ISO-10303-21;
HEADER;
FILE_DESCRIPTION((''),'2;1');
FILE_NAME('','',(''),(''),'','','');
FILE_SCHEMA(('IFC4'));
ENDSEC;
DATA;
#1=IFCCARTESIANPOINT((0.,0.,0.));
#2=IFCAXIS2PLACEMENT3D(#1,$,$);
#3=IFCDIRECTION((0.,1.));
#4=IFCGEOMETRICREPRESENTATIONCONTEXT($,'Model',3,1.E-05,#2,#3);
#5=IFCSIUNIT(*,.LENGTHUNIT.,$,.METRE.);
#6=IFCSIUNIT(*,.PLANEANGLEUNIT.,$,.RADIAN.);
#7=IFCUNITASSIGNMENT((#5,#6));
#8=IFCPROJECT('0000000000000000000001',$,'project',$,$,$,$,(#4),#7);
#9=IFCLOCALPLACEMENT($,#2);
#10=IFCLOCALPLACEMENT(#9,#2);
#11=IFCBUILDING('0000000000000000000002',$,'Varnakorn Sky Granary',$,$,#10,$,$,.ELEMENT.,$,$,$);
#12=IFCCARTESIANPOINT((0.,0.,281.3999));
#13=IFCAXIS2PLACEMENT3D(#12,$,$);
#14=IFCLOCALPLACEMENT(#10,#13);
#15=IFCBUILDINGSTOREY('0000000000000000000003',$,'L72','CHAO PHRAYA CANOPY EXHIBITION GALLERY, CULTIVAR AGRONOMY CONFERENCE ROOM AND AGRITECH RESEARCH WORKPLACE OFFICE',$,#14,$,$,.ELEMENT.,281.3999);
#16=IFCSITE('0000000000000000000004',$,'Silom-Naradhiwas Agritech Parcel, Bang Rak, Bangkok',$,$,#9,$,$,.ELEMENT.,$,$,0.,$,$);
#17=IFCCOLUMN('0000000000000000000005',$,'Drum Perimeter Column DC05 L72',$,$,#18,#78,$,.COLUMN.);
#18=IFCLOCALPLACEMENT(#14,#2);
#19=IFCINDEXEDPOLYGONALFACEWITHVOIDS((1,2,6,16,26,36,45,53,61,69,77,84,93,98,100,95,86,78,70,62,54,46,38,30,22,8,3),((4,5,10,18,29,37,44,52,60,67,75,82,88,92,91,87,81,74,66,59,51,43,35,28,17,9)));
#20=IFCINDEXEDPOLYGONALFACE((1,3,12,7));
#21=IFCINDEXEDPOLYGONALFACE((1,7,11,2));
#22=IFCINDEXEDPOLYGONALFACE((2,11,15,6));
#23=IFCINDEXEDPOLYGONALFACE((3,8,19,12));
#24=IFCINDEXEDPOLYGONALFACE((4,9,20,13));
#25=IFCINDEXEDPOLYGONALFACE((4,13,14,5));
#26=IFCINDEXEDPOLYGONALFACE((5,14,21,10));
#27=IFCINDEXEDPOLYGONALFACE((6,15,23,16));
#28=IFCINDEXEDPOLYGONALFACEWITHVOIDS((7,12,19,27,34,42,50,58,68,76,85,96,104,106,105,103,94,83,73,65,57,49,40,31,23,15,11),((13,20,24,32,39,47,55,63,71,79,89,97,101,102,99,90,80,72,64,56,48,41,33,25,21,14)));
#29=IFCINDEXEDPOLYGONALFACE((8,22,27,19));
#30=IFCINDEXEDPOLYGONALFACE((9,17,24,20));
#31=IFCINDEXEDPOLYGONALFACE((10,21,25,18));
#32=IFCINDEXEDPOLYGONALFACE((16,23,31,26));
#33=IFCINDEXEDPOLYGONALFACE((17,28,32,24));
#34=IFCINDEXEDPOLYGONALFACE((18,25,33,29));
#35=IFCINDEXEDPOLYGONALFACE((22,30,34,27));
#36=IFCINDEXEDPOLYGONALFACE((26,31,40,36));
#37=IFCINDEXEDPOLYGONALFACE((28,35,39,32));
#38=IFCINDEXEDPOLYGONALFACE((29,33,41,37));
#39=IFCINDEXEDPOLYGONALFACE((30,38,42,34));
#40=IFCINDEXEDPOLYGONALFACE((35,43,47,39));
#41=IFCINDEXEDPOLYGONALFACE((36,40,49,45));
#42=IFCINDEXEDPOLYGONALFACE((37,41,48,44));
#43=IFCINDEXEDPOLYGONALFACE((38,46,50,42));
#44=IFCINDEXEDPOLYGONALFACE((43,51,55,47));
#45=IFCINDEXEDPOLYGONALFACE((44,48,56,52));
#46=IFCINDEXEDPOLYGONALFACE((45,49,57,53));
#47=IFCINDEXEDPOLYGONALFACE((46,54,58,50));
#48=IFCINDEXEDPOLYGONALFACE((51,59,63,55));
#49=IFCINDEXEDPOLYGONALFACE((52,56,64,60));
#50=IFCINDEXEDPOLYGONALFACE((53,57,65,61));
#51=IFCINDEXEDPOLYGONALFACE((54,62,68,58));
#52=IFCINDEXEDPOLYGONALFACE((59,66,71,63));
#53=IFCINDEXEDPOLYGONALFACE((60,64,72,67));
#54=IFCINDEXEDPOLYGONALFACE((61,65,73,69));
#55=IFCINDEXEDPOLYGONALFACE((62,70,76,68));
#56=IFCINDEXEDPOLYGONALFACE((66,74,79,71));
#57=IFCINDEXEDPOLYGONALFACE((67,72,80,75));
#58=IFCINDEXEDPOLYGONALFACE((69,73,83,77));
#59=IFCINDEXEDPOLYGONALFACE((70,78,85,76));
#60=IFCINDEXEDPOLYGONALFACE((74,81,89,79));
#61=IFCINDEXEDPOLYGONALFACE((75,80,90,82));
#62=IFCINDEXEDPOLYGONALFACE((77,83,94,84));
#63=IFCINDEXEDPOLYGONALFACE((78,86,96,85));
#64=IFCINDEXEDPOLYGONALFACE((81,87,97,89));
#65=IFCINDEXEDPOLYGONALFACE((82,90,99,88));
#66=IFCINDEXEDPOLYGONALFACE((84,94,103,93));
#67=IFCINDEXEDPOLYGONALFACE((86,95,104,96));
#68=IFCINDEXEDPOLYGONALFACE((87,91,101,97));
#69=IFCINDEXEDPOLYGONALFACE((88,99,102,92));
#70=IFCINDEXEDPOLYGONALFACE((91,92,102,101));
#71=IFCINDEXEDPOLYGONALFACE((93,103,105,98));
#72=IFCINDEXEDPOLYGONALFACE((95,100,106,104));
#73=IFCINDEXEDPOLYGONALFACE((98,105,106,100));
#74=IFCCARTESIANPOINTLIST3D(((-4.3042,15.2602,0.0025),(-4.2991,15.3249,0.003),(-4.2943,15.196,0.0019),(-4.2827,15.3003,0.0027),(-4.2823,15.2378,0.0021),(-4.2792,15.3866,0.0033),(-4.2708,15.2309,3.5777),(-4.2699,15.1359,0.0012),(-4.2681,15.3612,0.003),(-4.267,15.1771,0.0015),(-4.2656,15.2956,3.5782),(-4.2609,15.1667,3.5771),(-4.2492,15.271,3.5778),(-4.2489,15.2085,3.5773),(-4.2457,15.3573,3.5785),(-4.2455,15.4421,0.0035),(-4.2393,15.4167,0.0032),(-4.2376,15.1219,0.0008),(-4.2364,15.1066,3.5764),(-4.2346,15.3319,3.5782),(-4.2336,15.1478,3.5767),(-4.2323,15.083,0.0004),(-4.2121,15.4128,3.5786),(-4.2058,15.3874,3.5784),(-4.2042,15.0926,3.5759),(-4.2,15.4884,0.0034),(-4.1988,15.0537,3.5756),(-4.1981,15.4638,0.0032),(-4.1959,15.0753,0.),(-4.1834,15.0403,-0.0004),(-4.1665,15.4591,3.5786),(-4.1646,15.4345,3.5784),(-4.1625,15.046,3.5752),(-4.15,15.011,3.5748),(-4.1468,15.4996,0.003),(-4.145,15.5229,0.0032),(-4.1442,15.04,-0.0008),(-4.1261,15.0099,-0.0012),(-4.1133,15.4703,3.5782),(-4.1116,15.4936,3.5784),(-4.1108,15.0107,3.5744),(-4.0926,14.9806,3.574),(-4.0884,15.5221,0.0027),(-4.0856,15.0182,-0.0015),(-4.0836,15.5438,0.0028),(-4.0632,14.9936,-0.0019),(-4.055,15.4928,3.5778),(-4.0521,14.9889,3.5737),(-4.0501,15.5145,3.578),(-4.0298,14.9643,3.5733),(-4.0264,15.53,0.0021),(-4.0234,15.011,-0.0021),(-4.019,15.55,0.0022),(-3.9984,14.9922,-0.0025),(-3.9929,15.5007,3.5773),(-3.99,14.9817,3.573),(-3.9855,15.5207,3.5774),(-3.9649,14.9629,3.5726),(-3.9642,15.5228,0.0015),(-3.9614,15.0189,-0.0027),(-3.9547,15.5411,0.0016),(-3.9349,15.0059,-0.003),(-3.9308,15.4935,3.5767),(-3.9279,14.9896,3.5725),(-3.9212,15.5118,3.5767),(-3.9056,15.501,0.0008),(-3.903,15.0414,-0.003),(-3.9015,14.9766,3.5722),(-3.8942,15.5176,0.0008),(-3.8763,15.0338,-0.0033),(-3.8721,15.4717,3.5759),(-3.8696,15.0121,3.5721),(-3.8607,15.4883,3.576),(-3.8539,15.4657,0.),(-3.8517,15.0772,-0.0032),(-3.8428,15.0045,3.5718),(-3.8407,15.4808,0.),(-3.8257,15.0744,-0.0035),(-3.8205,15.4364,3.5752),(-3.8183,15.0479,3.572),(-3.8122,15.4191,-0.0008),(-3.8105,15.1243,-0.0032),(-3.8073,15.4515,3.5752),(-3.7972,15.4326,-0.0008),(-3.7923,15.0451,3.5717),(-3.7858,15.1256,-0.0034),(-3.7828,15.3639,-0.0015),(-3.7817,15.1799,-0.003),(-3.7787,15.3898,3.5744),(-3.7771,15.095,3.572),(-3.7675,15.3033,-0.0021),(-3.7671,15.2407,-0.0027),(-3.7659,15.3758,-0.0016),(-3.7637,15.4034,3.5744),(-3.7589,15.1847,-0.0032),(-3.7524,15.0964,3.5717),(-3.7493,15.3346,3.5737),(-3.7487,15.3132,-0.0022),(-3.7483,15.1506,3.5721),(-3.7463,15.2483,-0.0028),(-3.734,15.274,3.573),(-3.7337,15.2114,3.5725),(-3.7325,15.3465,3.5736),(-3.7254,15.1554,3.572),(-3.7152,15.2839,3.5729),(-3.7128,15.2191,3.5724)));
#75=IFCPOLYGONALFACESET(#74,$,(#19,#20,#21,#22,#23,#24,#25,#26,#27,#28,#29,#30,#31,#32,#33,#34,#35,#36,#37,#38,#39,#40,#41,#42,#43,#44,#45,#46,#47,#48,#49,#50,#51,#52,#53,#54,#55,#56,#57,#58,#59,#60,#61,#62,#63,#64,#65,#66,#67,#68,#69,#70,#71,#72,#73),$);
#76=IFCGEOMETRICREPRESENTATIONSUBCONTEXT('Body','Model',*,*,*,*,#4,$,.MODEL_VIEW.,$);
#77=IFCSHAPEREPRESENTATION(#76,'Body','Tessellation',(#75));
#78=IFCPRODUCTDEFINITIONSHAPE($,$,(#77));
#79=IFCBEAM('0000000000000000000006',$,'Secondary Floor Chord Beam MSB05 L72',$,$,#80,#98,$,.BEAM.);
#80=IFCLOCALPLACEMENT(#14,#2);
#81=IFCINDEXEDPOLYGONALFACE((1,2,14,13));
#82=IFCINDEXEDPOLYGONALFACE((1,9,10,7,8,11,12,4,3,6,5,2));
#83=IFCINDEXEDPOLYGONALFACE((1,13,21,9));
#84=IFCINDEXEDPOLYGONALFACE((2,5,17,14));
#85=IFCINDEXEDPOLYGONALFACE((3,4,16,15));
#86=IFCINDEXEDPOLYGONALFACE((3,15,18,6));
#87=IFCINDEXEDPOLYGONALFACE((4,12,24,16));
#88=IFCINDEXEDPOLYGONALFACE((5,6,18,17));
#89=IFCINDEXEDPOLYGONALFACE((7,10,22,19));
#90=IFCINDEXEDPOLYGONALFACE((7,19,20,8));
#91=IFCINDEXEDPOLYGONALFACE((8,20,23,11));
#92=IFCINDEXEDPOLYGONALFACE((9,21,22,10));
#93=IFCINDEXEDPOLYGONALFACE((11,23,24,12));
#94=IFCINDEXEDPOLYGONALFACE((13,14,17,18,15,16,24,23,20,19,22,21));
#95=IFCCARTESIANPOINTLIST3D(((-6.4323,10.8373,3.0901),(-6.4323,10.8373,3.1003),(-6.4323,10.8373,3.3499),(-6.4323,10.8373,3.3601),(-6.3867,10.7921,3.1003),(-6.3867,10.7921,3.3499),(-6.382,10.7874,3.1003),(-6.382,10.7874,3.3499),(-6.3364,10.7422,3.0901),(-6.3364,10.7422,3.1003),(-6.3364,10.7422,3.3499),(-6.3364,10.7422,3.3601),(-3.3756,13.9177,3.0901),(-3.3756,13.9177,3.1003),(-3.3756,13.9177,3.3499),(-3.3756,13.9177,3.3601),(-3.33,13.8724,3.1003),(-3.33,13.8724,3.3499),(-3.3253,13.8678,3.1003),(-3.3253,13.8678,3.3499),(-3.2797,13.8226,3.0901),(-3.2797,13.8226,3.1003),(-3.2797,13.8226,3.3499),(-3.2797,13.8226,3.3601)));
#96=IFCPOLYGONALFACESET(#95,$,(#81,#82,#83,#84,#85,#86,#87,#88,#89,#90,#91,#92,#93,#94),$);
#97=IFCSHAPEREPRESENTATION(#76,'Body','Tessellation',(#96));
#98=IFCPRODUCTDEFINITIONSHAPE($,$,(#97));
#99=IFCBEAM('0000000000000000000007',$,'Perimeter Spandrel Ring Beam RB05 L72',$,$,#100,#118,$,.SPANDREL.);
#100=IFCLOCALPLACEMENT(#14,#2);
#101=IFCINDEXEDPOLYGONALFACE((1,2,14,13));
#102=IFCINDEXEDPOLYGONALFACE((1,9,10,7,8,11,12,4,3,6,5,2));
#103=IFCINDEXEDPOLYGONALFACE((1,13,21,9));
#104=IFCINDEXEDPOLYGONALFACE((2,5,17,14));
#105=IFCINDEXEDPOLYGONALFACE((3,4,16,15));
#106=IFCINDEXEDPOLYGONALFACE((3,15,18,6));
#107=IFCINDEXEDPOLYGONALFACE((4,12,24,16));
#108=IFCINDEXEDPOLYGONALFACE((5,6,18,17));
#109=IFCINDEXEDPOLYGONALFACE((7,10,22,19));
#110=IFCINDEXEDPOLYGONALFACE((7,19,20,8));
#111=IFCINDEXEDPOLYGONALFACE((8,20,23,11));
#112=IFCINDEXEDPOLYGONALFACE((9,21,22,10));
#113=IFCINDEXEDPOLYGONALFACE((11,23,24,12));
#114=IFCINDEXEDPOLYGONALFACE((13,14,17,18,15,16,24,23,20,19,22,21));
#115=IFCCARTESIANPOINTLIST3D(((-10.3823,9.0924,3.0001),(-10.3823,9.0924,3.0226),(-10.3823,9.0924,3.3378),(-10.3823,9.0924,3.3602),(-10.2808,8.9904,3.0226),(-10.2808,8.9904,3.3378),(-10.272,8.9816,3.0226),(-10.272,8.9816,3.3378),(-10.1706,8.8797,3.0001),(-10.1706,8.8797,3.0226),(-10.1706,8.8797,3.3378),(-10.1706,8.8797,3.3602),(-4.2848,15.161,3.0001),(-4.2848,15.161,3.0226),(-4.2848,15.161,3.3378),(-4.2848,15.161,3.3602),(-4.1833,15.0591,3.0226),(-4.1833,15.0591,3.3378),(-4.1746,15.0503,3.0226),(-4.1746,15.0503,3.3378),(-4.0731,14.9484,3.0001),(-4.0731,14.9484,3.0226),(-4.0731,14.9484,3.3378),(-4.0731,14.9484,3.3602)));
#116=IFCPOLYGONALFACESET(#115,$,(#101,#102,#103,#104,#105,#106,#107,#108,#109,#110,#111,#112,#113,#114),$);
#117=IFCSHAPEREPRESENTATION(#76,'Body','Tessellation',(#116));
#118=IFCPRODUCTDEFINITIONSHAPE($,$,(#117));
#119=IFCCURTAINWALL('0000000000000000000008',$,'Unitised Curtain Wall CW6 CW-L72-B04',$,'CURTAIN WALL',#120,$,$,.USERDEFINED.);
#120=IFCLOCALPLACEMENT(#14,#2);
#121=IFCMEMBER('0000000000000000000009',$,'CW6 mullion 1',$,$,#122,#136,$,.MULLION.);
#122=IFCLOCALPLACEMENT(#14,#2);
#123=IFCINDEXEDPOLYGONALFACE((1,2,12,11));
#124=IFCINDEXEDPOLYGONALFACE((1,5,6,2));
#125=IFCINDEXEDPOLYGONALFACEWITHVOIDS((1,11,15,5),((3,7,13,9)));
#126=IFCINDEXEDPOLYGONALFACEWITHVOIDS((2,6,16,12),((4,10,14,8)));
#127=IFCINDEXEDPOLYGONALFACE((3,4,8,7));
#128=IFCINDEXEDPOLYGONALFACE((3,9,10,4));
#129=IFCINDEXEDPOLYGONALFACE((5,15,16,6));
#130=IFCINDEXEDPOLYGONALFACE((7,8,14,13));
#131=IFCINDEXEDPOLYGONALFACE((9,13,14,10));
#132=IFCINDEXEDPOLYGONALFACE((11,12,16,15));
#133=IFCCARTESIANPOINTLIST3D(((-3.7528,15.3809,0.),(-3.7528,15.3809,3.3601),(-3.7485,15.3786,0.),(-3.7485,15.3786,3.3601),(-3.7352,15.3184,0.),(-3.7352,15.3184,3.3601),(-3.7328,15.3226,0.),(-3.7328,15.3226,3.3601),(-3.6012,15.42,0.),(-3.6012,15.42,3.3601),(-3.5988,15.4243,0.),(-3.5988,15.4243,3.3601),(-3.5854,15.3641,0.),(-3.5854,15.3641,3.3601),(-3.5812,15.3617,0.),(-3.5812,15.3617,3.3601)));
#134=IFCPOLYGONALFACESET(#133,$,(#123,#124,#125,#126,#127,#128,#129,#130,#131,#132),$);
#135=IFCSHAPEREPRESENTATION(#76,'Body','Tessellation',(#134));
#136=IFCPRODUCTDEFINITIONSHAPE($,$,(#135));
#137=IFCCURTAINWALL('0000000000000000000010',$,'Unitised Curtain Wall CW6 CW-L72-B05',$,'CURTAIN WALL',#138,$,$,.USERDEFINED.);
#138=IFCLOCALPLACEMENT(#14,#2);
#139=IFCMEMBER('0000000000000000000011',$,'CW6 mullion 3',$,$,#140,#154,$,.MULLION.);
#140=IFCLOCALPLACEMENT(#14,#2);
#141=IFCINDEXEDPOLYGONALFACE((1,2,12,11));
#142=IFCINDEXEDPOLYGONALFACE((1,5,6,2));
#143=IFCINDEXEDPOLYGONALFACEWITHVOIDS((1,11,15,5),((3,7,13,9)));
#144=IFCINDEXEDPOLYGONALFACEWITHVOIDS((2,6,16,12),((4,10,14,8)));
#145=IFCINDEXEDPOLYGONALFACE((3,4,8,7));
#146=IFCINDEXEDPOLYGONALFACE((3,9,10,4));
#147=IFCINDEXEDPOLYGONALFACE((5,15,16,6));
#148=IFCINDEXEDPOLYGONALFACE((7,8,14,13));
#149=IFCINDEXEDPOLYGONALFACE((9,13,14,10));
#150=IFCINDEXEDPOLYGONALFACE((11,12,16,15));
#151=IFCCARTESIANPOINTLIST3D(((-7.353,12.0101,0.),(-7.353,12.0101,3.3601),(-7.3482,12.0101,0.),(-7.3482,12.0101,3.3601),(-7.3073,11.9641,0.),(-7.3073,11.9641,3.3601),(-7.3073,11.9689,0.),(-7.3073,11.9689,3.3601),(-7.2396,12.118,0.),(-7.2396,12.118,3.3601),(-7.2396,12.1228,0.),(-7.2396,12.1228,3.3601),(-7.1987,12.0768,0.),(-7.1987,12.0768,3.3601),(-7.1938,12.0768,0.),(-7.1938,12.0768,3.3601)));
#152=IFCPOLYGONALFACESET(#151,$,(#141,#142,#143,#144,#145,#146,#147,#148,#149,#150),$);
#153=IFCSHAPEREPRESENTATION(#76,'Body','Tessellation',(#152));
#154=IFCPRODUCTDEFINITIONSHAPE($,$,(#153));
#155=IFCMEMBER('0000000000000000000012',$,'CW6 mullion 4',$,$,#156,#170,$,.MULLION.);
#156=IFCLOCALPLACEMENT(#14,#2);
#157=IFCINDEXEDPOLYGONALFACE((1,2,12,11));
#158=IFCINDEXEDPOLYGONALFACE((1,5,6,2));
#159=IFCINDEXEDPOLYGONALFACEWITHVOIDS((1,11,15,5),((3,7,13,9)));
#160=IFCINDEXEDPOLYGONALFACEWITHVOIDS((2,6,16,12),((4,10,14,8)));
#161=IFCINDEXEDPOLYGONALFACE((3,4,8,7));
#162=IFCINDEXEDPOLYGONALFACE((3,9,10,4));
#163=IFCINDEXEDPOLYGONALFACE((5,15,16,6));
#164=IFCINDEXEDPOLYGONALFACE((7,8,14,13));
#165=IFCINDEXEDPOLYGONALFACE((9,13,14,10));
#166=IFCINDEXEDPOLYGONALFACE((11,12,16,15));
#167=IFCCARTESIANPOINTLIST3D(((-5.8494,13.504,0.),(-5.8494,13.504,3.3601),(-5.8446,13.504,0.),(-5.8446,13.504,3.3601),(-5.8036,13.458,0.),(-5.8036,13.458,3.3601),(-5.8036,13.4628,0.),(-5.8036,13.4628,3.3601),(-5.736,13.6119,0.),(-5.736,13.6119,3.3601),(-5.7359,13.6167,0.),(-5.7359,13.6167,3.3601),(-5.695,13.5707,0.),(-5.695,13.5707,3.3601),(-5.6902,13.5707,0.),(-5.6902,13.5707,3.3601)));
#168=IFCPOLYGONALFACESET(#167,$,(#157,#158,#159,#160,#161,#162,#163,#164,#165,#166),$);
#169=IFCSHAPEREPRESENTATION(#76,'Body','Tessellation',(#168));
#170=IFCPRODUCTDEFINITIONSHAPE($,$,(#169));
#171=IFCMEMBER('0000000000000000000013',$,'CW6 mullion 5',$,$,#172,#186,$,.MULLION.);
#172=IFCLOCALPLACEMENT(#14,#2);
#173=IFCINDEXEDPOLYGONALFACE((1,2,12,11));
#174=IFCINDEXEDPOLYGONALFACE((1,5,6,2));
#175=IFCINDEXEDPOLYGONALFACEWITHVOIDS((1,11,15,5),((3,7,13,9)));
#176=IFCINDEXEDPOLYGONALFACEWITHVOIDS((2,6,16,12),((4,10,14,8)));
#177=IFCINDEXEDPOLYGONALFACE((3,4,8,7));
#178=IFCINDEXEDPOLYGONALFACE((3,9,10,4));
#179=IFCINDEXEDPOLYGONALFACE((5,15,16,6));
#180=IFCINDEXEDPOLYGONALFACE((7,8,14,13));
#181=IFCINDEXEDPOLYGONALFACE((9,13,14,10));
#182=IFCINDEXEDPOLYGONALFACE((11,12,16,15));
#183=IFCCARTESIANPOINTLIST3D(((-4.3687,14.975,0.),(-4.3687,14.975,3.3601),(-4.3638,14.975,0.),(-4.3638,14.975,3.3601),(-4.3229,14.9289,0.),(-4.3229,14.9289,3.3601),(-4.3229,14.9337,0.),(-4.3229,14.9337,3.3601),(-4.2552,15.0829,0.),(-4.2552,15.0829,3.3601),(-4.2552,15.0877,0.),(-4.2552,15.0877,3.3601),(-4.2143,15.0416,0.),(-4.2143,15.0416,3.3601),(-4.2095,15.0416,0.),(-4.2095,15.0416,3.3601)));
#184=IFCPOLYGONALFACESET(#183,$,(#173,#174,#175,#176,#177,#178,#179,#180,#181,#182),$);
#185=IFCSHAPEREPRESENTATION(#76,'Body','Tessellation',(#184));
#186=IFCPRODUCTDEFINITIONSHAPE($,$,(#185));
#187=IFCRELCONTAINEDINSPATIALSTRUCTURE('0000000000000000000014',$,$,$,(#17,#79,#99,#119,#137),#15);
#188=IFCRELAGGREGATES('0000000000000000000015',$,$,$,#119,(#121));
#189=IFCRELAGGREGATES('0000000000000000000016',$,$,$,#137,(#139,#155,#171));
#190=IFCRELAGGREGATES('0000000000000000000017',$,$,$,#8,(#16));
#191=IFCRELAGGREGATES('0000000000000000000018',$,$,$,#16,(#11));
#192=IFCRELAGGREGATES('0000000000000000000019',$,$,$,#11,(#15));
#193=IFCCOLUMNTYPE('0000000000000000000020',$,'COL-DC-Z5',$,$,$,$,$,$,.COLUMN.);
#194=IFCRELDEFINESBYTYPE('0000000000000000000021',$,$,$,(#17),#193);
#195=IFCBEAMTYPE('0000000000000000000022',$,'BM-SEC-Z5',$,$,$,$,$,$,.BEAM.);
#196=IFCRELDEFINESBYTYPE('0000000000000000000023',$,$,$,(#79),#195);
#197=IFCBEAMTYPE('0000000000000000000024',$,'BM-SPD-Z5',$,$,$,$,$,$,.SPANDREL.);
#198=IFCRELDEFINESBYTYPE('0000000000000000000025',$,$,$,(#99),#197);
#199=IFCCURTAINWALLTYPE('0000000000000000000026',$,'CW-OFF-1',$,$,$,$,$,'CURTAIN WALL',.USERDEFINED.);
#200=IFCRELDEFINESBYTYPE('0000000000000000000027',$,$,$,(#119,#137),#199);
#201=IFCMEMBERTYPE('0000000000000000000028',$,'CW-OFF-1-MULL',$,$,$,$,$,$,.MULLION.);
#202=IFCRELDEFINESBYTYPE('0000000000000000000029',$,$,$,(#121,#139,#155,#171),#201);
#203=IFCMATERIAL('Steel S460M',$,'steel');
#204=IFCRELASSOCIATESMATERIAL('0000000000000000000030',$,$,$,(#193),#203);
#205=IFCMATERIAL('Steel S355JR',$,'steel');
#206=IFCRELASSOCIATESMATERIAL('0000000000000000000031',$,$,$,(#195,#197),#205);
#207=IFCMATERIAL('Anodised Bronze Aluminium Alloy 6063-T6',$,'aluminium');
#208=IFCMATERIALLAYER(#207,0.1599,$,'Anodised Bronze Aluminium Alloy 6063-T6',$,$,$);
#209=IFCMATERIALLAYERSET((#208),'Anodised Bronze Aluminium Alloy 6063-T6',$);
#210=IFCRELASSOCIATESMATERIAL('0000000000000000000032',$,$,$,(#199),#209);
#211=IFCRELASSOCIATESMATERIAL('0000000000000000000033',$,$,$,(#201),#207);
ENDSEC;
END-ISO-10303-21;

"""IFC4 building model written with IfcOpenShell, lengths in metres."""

from ifc_helpers import new_model, si_unit, direction, frame, origin, origin_2d, place, context, subcontext, project, spatial, hollow_rectangle, hollow_circle, i_section, extrude, material, layer, layer_set, material_profile, profile_set, type_object, element, aggregate, save


model = new_model("IFC4")

# Units and contexts
model_context = context("Model", 3, precision=1e-05, world=origin(), true_north=direction((0.0, 1.0)))
body_context = subcontext(model_context, "Body", "Model", "MODEL_VIEW")
ifc_project = project(units=[si_unit("LENGTHUNIT", "METRE"), si_unit("PLANEANGLEUNIT", "RADIAN")], contexts=[model_context])

# Site, building, storey
site_placement = place(None, origin())
site = spatial("IfcSite", under=ifc_project, at=site_placement, Name="Silom-Naradhiwas Agritech Parcel, Bang Rak, Bangkok", CompositionType="ELEMENT", RefElevation=0.0)
building_placement = place(site_placement, origin())
building = spatial("IfcBuilding", under=site, at=building_placement, Name="Varnakorn Sky Granary", CompositionType="ELEMENT")
storey_placement = place(building_placement, frame((0.0, 0.0, 281.3999)))
storey = spatial("IfcBuildingStorey", under=building, at=storey_placement, Name="L72", Description="CHAO PHRAYA CANOPY EXHIBITION GALLERY, CULTIVAR AGRONOMY CONFERENCE ROOM AND AGRITECH RESEARCH WORKPLACE OFFICE", CompositionType="ELEMENT", Elevation=281.3999)

# Column
ifc_material_1 = material(Name="Steel S460M", Category="steel")
ifc_material_profile_1 = material_profile(ifc_material_1, hollow_circle(Radius=0.2795, WallThickness=0.02, at=origin_2d()), Name="CHS 559x20")
ifc_profile_set_1 = profile_set([ifc_material_profile_1], Name="Steel S460M")
column_type = type_object("IfcColumnType", Name="COL-DC-Z5", PredefinedType="COLUMN", material=ifc_profile_set_1)
column_placement = place(storey_placement, frame((-4.0249, 15.2705, 0.0), z_axis=(0.009355, -0.008194, 0.999923), x_axis=(0.658893, 0.752236, 0.0)))
element("IfcColumn", 1, at=column_placement, inside=storey, type_object=column_type, Name="Drum Perimeter Column DC05 L72", PredefinedType="COLUMN", context=body_context, shape_type="SweptSolid", body=[
    extrude(hollow_circle(Radius=0.2795, WallThickness=0.02, at=origin_2d()), origin(), (0.0, 0.0, 1.0), 3.5754),
])

# Beams
ifc_material_2 = material(Name="Steel S355JR", Category="steel")
ifc_material_profile_2 = material_profile(ifc_material_2, i_section(OverallWidth=0.135, OverallDepth=0.27, WebThickness=0.0066, FlangeThickness=0.0103, at=origin_2d()), Name="IPE 270")
ifc_profile_set_2 = profile_set([ifc_material_profile_2], Name="Steel S355JR")
beam_type_1 = type_object("IfcBeamType", Name="BM-SEC-Z5", PredefinedType="BEAM", material=ifc_profile_set_2)
beam_1_placement = place(storey_placement, frame((-3.3276, 13.8701, 3.2251), z_axis=(-0.704373, -0.70983, 0.0), x_axis=(0.70983, -0.704373, 0.0)))
element("IfcBeam", 2, at=beam_1_placement, inside=storey, type_object=beam_type_1, Name="Secondary Floor Chord Beam MSB05 L72", PredefinedType="BEAM", context=body_context, shape_type="SweptSolid", body=[
    extrude(i_section(OverallWidth=0.135, OverallDepth=0.27, WebThickness=0.0066, FlangeThickness=0.0103, at=origin_2d()), origin(), (0.0, 0.0, 1.0), 4.3396),
])
ifc_material_profile_3 = material_profile(ifc_material_2, i_section(OverallWidth=0.3, OverallDepth=0.3601, WebThickness=0.0125, FlangeThickness=0.0225, at=origin_2d()), Name="HE 360 B")
ifc_profile_set_3 = profile_set([ifc_material_profile_3], Name="Steel S355JR")
beam_type_2 = type_object("IfcBeamType", Name="BM-SPD-Z5", PredefinedType="SPANDREL", material=ifc_profile_set_3)
beam_2_placement = place(storey_placement, frame((-4.179, 15.0547, 3.1802), z_axis=(-0.708779, -0.70543, 0.0), x_axis=(0.70543, -0.708779, 0.0)))
element("IfcBeam", 3, at=beam_2_placement, inside=storey, type_object=beam_type_2, Name="Perimeter Spandrel Ring Beam RB05 L72", PredefinedType="SPANDREL", context=body_context, shape_type="SweptSolid", body=[
    extrude(i_section(OverallWidth=0.3, OverallDepth=0.3601, WebThickness=0.0125, FlangeThickness=0.0225, at=origin_2d()), origin(), (0.0, 0.0, 1.0), 8.6028),
])

# Curtain wall, member
ifc_material_3 = material(Name="Anodised Bronze Aluminium Alloy 6063-T6", Category="aluminium")
ifc_layer_1 = layer(ifc_material_3, 0.1599, Name="Anodised Bronze Aluminium Alloy 6063-T6")
ifc_layer_set_1 = layer_set([ifc_layer_1], Name="Anodised Bronze Aluminium Alloy 6063-T6")
curtain_wall_type = type_object("IfcCurtainWallType", Name="CW-OFF-1", ElementType="CURTAIN WALL", PredefinedType="USERDEFINED", material=ifc_layer_set_1)
curtain_wall_1_placement = place(storey_placement, origin())
curtain_wall_1 = element("IfcCurtainWall", 4, at=curtain_wall_1_placement, inside=storey, type_object=curtain_wall_type, Name="Unitised Curtain Wall CW6 CW-L72-B04", ObjectType="CURTAIN WALL", PredefinedType="USERDEFINED")
ifc_material_profile_4 = material_profile(ifc_material_3, hollow_rectangle(XDim=0.0649, YDim=0.1599, WallThickness=0.0034, at=origin_2d()), Name="ALU MULL 65x160")
ifc_profile_set_4 = profile_set([ifc_material_profile_4], Name="Anodised Bronze Aluminium Alloy 6063-T6")
member_type_1 = type_object("IfcMemberType", Name="CW-OFF-1-MULL", PredefinedType="MULLION", material=ifc_profile_set_4)
member_1_placement = place(storey_placement, frame((-3.667, 15.3713, 0.0), z_axis=(0.0, 0.0, 1.0), x_axis=(-0.270868, 0.962616, 0.0)))
member_1 = element("IfcMember", 5, at=member_1_placement, type_object=member_type_1, Name="CW6 mullion 1", PredefinedType="MULLION", context=body_context, shape_type="SweptSolid", body=[
    extrude(hollow_rectangle(XDim=0.0649, YDim=0.1599, WallThickness=0.0034, at=origin_2d()), origin(), (0.0, 0.0, 1.0), 3.3601),
])

# Curtain wall, members
curtain_wall_2_placement = place(storey_placement, origin())
curtain_wall_2 = element("IfcCurtainWall", 6, at=curtain_wall_2_placement, inside=storey, type_object=curtain_wall_type, Name="Unitised Curtain Wall CW6 CW-L72-B05", ObjectType="CURTAIN WALL", PredefinedType="USERDEFINED")
member_2_placement = place(storey_placement, frame((-7.2734, 12.0435, 0.0), z_axis=(0.0, 0.0, 1.0), x_axis=(-0.704762, 0.709444, 0.0)))
member_2 = element("IfcMember", 7, at=member_2_placement, type_object=member_type_1, Name="CW6 mullion 3", PredefinedType="MULLION", context=body_context, shape_type="SweptSolid", body=[
    extrude(hollow_rectangle(XDim=0.0649, YDim=0.1599, WallThickness=0.0034, at=origin_2d()), origin(), (0.0, 0.0, 1.0), 3.3601),
])
member_3_placement = place(storey_placement, frame((-5.7698, 13.5374, 0.0), z_axis=(0.0, 0.0, 1.0), x_axis=(-0.704762, 0.709444, 0.0)))
member_3 = element("IfcMember", 8, at=member_3_placement, type_object=member_type_1, Name="CW6 mullion 4", PredefinedType="MULLION", context=body_context, shape_type="SweptSolid", body=[
    extrude(hollow_rectangle(XDim=0.0649, YDim=0.1599, WallThickness=0.0034, at=origin_2d()), origin(), (0.0, 0.0, 1.0), 3.3601),
])
member_4_placement = place(storey_placement, frame((-4.2891, 15.0083, 0.0), z_axis=(0.0, 0.0, 1.0), x_axis=(-0.704762, 0.709444, 0.0)))
member_4 = element("IfcMember", 9, at=member_4_placement, type_object=member_type_1, Name="CW6 mullion 5", PredefinedType="MULLION", context=body_context, shape_type="SweptSolid", body=[
    extrude(hollow_rectangle(XDim=0.0649, YDim=0.1599, WallThickness=0.0034, at=origin_2d()), origin(), (0.0, 0.0, 1.0), 3.3601),
])

aggregate(curtain_wall_1, [member_1])

aggregate(curtain_wall_2, [member_2, member_3, member_4])

save(model, "model.ifc")
